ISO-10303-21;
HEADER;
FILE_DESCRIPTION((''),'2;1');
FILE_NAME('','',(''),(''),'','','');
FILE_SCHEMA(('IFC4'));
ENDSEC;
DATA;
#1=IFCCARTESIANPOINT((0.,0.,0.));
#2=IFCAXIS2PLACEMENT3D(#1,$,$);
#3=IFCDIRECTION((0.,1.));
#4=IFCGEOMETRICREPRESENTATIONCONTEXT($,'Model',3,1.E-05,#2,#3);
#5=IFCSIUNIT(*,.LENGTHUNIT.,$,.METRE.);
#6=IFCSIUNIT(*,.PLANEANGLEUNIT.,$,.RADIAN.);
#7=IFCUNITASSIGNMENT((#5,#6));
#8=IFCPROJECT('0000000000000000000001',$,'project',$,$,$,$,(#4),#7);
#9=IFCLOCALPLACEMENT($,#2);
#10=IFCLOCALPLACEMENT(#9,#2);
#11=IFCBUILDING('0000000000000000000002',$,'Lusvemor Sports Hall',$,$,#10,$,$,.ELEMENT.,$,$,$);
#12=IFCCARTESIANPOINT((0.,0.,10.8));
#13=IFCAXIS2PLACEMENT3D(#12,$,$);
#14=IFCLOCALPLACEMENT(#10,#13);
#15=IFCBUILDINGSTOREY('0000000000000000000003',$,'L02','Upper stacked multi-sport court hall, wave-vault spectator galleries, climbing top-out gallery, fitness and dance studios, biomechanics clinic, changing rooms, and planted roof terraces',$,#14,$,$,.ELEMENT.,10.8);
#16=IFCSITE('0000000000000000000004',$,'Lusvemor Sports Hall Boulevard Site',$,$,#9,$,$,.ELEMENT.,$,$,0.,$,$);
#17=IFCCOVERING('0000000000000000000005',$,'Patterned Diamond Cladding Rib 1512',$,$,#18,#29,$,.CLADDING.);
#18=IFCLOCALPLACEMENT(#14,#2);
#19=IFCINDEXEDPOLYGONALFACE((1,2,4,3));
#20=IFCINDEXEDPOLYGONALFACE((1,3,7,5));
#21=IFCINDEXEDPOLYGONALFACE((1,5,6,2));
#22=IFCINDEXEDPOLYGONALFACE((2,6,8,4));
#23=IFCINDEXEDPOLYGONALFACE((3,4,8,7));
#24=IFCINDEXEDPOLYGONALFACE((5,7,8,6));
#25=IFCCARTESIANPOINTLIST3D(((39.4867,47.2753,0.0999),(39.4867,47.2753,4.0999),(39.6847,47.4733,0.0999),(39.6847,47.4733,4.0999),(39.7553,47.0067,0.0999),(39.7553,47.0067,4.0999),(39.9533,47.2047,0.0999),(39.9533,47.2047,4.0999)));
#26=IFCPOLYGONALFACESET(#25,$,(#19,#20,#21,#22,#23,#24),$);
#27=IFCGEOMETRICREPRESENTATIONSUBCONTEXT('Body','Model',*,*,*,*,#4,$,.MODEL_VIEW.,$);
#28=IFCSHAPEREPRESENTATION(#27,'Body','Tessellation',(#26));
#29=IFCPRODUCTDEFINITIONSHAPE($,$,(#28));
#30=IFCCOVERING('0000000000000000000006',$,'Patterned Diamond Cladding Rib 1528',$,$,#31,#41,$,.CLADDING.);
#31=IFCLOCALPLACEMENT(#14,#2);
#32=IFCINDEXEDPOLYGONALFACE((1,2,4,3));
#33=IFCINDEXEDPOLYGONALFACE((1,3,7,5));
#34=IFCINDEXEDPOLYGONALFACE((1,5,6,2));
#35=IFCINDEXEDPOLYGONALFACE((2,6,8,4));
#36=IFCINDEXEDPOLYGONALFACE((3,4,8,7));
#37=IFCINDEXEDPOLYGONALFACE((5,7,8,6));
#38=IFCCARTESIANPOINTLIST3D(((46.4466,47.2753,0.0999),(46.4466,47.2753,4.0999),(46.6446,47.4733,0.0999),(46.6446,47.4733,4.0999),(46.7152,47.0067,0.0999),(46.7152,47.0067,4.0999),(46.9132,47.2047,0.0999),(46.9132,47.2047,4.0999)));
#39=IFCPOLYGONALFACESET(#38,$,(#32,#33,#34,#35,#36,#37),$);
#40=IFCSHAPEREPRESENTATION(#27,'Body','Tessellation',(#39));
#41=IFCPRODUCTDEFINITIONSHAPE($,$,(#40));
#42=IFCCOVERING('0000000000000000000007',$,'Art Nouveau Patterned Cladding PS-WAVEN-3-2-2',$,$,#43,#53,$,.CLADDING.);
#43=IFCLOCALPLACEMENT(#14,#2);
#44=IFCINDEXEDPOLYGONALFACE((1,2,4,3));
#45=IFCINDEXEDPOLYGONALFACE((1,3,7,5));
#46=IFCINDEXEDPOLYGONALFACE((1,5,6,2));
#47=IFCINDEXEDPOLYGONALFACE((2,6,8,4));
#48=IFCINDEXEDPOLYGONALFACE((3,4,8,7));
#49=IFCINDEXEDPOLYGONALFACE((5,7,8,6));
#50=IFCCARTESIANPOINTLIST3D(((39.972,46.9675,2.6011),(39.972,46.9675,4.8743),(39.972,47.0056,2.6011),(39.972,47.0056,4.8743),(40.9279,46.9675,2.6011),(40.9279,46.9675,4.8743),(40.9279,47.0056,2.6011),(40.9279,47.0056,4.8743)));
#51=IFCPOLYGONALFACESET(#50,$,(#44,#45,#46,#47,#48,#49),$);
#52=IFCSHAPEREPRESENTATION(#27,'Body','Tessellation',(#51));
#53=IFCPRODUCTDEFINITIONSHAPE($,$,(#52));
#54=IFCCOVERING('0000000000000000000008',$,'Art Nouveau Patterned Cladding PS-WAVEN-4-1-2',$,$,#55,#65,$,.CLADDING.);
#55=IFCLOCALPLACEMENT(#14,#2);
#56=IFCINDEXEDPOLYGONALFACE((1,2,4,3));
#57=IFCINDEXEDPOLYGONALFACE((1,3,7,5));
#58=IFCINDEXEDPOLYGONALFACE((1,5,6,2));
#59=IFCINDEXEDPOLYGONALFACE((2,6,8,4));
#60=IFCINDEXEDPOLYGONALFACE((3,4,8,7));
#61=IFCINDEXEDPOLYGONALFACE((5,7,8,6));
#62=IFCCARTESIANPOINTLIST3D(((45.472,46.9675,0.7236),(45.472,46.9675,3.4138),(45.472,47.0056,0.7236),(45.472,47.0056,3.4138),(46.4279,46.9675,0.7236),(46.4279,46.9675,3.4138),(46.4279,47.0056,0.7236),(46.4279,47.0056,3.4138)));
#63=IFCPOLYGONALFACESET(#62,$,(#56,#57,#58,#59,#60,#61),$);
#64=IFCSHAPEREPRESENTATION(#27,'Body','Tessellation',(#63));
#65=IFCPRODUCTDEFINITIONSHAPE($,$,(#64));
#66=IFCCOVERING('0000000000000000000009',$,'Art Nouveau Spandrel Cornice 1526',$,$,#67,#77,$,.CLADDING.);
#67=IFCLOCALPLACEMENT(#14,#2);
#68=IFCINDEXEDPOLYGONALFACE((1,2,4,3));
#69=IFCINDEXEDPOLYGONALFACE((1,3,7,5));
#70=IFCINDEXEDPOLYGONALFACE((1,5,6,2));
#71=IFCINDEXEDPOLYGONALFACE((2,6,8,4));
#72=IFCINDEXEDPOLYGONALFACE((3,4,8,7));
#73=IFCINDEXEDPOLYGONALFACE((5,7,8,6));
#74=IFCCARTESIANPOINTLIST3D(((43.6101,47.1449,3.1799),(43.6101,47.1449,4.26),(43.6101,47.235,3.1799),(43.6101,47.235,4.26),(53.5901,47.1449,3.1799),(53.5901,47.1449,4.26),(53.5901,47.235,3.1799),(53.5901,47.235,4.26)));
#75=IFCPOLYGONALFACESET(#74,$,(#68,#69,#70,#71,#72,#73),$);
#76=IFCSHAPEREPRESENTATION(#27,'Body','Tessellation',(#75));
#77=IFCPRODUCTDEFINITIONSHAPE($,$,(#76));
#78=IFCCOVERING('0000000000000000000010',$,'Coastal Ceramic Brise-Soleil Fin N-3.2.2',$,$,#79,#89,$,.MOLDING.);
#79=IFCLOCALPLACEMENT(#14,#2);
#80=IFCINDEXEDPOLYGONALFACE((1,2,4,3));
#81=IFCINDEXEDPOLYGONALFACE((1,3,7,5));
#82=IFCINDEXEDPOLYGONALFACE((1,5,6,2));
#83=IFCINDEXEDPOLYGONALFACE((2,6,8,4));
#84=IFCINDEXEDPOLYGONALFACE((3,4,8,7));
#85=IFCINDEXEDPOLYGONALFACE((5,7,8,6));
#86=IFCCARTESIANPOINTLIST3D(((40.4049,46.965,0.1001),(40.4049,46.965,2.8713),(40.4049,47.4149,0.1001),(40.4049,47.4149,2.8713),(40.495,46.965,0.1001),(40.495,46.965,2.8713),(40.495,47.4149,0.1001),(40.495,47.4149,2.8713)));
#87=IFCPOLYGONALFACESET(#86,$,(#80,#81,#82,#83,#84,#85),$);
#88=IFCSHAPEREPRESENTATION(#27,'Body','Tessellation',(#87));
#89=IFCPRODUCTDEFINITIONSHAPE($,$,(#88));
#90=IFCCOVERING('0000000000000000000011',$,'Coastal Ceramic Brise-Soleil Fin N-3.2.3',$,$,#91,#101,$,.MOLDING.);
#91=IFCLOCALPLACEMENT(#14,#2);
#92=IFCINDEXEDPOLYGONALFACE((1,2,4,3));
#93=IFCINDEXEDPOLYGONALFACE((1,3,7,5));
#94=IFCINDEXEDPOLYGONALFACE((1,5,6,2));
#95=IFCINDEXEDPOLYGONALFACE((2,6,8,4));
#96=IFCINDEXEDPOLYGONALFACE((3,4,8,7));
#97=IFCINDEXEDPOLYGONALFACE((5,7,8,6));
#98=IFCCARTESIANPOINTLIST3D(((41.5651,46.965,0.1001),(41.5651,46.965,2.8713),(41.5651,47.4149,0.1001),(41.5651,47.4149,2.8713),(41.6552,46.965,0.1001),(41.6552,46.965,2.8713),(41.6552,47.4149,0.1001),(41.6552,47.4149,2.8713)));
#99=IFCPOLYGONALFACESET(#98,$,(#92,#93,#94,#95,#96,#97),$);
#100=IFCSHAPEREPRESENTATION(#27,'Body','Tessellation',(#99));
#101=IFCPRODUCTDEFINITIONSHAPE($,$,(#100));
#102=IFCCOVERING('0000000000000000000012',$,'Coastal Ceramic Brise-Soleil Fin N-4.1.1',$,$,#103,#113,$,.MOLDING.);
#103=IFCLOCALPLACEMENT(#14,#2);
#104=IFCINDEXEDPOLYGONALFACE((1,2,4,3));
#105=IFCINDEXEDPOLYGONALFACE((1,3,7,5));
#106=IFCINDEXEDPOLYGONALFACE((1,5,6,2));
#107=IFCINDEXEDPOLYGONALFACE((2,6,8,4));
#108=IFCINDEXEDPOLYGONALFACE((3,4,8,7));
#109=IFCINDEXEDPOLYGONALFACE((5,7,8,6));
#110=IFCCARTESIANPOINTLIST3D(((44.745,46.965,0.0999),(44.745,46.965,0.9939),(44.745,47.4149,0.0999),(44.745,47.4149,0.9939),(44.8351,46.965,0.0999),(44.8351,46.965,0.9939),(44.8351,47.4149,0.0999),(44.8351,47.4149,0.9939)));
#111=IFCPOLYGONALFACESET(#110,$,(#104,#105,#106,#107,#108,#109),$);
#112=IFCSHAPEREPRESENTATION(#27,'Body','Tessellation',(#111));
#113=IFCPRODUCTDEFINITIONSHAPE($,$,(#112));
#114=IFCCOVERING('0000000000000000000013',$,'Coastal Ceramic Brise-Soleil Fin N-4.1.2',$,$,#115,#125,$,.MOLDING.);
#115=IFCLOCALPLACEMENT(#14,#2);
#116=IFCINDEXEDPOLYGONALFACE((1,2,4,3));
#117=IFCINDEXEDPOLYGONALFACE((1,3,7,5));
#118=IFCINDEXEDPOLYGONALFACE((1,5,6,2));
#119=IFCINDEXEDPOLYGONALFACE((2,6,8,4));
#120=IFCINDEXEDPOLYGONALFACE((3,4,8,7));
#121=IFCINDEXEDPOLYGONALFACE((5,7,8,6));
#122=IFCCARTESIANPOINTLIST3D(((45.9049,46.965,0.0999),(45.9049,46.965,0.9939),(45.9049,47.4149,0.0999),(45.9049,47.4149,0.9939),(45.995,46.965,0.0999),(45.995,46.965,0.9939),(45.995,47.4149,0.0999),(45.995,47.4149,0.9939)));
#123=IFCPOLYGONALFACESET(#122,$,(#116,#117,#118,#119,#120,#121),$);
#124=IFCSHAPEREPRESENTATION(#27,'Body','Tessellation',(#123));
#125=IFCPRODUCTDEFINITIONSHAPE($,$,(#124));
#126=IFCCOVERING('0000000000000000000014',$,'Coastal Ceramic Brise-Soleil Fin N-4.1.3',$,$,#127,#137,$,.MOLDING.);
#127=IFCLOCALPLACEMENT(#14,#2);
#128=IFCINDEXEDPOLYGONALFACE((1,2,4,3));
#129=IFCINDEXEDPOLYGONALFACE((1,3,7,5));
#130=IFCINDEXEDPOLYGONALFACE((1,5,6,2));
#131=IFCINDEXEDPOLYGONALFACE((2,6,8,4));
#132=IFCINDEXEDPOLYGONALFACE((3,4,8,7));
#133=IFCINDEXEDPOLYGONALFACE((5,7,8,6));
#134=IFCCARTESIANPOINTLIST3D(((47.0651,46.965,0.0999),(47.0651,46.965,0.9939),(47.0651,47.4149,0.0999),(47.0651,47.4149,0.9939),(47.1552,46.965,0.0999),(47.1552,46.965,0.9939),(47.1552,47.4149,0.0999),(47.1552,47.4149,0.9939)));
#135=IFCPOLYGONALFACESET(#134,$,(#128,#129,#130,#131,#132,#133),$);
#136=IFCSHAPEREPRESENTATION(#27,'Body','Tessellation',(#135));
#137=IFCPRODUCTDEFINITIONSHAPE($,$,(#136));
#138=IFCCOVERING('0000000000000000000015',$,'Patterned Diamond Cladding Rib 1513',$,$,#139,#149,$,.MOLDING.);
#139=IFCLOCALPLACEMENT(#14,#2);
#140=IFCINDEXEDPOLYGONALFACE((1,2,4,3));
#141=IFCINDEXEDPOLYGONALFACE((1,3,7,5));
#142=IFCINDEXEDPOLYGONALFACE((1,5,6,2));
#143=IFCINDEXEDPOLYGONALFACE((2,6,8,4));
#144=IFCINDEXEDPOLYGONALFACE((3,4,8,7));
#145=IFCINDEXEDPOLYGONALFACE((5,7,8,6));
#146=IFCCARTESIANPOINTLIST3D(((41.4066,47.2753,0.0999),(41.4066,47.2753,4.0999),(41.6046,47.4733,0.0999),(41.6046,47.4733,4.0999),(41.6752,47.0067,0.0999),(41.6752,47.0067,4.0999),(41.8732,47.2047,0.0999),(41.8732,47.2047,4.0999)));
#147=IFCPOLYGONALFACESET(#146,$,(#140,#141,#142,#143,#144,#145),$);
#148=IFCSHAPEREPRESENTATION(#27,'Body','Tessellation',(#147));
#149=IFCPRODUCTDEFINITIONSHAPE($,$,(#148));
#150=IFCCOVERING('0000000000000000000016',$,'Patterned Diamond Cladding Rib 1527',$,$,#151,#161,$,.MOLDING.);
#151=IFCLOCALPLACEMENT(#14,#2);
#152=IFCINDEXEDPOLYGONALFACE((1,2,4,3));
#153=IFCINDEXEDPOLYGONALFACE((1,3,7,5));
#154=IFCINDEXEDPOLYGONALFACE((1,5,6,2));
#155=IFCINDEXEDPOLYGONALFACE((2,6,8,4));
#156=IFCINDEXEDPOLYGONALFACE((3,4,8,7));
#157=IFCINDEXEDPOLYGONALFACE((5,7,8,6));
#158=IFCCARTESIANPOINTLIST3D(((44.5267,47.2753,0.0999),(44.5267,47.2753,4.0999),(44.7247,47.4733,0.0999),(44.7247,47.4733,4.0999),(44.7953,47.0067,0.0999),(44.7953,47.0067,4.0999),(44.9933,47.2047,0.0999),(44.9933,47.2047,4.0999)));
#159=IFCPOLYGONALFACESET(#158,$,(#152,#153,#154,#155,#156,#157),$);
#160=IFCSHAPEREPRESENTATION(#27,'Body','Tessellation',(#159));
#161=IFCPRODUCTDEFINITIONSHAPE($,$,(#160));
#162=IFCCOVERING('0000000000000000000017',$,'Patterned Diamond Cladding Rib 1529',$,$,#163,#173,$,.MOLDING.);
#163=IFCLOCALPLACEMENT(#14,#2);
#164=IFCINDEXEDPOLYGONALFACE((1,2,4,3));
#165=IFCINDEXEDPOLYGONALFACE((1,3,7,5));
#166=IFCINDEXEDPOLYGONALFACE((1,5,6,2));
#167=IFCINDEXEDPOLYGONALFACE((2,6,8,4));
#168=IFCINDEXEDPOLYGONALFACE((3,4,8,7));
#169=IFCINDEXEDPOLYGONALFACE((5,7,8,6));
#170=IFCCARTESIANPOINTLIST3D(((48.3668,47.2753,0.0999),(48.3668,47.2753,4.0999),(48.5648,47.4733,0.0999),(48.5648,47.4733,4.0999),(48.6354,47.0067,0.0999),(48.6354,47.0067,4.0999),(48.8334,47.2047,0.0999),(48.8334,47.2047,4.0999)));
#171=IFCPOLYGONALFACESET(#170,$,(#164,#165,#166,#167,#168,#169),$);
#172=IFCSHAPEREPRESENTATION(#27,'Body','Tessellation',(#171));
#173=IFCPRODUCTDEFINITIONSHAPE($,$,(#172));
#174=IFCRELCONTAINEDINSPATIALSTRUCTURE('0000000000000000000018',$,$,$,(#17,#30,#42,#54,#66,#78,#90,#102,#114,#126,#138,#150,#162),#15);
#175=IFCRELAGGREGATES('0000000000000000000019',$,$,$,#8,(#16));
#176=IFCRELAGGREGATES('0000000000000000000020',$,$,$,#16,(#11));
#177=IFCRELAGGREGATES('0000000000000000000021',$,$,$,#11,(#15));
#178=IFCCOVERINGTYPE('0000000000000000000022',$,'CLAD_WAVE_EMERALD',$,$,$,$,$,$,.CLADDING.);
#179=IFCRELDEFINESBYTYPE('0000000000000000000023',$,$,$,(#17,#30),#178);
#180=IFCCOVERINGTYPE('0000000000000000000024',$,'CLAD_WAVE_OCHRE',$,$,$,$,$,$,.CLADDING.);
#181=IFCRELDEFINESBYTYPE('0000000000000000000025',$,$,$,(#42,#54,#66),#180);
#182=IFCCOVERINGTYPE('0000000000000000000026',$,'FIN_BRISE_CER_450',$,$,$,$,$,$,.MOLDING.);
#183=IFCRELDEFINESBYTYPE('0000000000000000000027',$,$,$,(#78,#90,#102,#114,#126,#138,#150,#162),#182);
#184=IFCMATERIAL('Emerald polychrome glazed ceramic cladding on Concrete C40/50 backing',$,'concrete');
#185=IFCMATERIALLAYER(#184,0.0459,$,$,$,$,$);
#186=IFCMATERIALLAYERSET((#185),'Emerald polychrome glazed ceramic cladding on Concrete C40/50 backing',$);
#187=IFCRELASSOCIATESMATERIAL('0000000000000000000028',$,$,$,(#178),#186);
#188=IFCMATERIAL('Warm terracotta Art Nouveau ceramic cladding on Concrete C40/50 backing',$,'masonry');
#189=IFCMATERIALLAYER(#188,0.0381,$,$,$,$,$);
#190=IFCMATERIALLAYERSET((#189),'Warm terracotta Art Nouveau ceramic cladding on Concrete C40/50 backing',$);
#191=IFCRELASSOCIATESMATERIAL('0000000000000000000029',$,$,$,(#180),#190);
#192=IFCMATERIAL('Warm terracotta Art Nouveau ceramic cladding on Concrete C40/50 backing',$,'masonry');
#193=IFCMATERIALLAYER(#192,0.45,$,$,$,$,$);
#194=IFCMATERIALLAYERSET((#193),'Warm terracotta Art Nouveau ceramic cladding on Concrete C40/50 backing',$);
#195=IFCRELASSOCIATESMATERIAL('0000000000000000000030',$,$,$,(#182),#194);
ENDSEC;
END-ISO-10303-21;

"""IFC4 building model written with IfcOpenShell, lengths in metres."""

from ifc_helpers import new_model, si_unit, direction, frame, origin, origin_2d, place, context, subcontext, project, spatial, rectangle, extrude, material, layer, layer_set, type_object, element, save


model = new_model("IFC4")

# Units and contexts
model_context = context("Model", 3, precision=1e-05, world=origin(), true_north=direction((0.0, 1.0)))
body_context = subcontext(model_context, "Body", "Model", "MODEL_VIEW")
ifc_project = project(units=[si_unit("LENGTHUNIT", "METRE"), si_unit("PLANEANGLEUNIT", "RADIAN")], contexts=[model_context])

# Site, building, storey
site_placement = place(None, origin())
site = spatial("IfcSite", under=ifc_project, at=site_placement, Name="Lusvemor Sports Hall Boulevard Site", CompositionType="ELEMENT", RefElevation=0.0)
building_placement = place(site_placement, origin())
building = spatial("IfcBuilding", under=site, at=building_placement, Name="Lusvemor Sports Hall", CompositionType="ELEMENT")
storey_placement = place(building_placement, frame((0.0, 0.0, 10.8)))
storey = spatial("IfcBuildingStorey", under=building, at=storey_placement, Name="L02", Description="Upper stacked multi-sport court hall, wave-vault spectator galleries, climbing top-out gallery, fitness and dance studios, biomechanics clinic, changing rooms, and planted roof terraces", CompositionType="ELEMENT", Elevation=10.8)

# Coverings
ifc_material_1 = material(Name="Emerald polychrome glazed ceramic cladding on Concrete C40/50 backing", Category="concrete")
ifc_layer_1 = layer(ifc_material_1, 0.0459)
ifc_layer_set_1 = layer_set([ifc_layer_1], Name="Emerald polychrome glazed ceramic cladding on Concrete C40/50 backing")
covering_type_1 = type_object("IfcCoveringType", Name="CLAD_WAVE_EMERALD", PredefinedType="CLADDING", material=ifc_layer_set_1)
for number, where, z_axis, x_axis, name in (
    (1, (39.72, 47.24, 0.0999), (0.0, 0.0, 1.0), (0.707107, 0.707107, 0.0), "Patterned Diamond Cladding Rib 1512"),
    (2, (46.6799, 47.24, 0.0999), (0.0, 0.0, 1.0), (0.707107, 0.707107, 0.0), "Patterned Diamond Cladding Rib 1528"),
):
    element("IfcCovering", number, at=place(storey_placement, frame(where, z_axis=z_axis, x_axis=x_axis)), inside=storey, type_object=covering_type_1, Name=name, PredefinedType="CLADDING", context=body_context, shape_type="SweptSolid", body=[
        extrude(rectangle(XDim=0.28, YDim=0.3799, at=origin_2d()), origin(), (0.0, 0.0, 1.0), 4.0),
    ])
ifc_material_2 = material(Name="Warm terracotta Art Nouveau ceramic cladding on Concrete C40/50 backing", Category="masonry")
ifc_layer_2 = layer(ifc_material_2, 0.0381)
ifc_layer_set_2 = layer_set([ifc_layer_2], Name="Warm terracotta Art Nouveau ceramic cladding on Concrete C40/50 backing")
covering_type_2 = type_object("IfcCoveringType", Name="CLAD_WAVE_OCHRE", PredefinedType="CLADDING", material=ifc_layer_set_2)
covering_1_placement = place(storey_placement, frame((40.45, 46.9866, 2.6011), z_axis=(0.0, 0.0, 1.0), x_axis=(1.0, 0.0, 0.0)))
element("IfcCovering", 3, at=covering_1_placement, inside=storey, type_object=covering_type_2, Name="Art Nouveau Patterned Cladding PS-WAVEN-3-2-2", PredefinedType="CLADDING", context=body_context, shape_type="SweptSolid", body=[
    extrude(rectangle(XDim=0.9558, YDim=0.0381, at=origin_2d()), origin(), (0.0, 0.0, 1.0), 2.2732),
])
covering_2_placement = place(storey_placement, frame((45.95, 46.9866, 0.7236), z_axis=(0.0, 0.0, 1.0), x_axis=(1.0, 0.0, 0.0)))
element("IfcCovering", 4, at=covering_2_placement, inside=storey, type_object=covering_type_2, Name="Art Nouveau Patterned Cladding PS-WAVEN-4-1-2", PredefinedType="CLADDING", context=body_context, shape_type="SweptSolid", body=[
    extrude(rectangle(XDim=0.9558, YDim=0.0381, at=origin_2d()), origin(), (0.0, 0.0, 1.0), 2.6902),
])
covering_3_placement = place(storey_placement, frame((48.6001, 47.1899, 3.1799), z_axis=(0.0, 0.0, 1.0), x_axis=(1.0, 0.0, 0.0)))
element("IfcCovering", 5, at=covering_3_placement, inside=storey, type_object=covering_type_2, Name="Art Nouveau Spandrel Cornice 1526", PredefinedType="CLADDING", context=body_context, shape_type="SweptSolid", body=[
    extrude(rectangle(XDim=9.98, YDim=0.0901, at=origin_2d()), origin(), (0.0, 0.0, 1.0), 1.0801),
])
ifc_material_3 = material(Name="Warm terracotta Art Nouveau ceramic cladding on Concrete C40/50 backing", Category="masonry")
ifc_layer_3 = layer(ifc_material_3, 0.45)
ifc_layer_set_3 = layer_set([ifc_layer_3], Name="Warm terracotta Art Nouveau ceramic cladding on Concrete C40/50 backing")
covering_type_3 = type_object("IfcCoveringType", Name="FIN_BRISE_CER_450", PredefinedType="MOLDING", material=ifc_layer_set_3)
for number, where, z_axis, x_axis, name in (
    (6, (40.45, 47.1899, 0.1001), (0.0, 0.0, 1.0), (1.0, 0.0, 0.0), "Coastal Ceramic Brise-Soleil Fin N-3.2.2"),
    (7, (41.6101, 47.1899, 0.1001), (0.0, 0.0, 1.0), (1.0, 0.0, 0.0), "Coastal Ceramic Brise-Soleil Fin N-3.2.3"),
):
    element("IfcCovering", number, at=place(storey_placement, frame(where, z_axis=z_axis, x_axis=x_axis)), inside=storey, type_object=covering_type_3, Name=name, PredefinedType="MOLDING", context=body_context, shape_type="SweptSolid", body=[
        extrude(rectangle(XDim=0.0901, YDim=0.45, at=origin_2d()), origin(), (0.0, 0.0, 1.0), 2.7712),
    ])
for number, where, z_axis, x_axis, name in (
    (8, (44.79, 47.1899, 0.0999), (0.0, 0.0, 1.0), (1.0, 0.0, 0.0), "Coastal Ceramic Brise-Soleil Fin N-4.1.1"),
    (9, (45.95, 47.1899, 0.0999), (0.0, 0.0, 1.0), (1.0, 0.0, 0.0), "Coastal Ceramic Brise-Soleil Fin N-4.1.2"),
    (10, (47.1101, 47.1899, 0.0999), (0.0, 0.0, 1.0), (1.0, 0.0, 0.0), "Coastal Ceramic Brise-Soleil Fin N-4.1.3"),
):
    element("IfcCovering", number, at=place(storey_placement, frame(where, z_axis=z_axis, x_axis=x_axis)), inside=storey, type_object=covering_type_3, Name=name, PredefinedType="MOLDING", context=body_context, shape_type="SweptSolid", body=[
        extrude(rectangle(XDim=0.0901, YDim=0.45, at=origin_2d()), origin(), (0.0, 0.0, 1.0), 0.894),
    ])
for number, where, z_axis, x_axis, name in (
    (11, (41.6399, 47.24, 0.0999), (0.0, 0.0, 1.0), (0.707107, 0.707107, 0.0), "Patterned Diamond Cladding Rib 1513"),
    (12, (44.76, 47.24, 0.0999), (0.0, 0.0, 1.0), (0.707107, 0.707107, 0.0), "Patterned Diamond Cladding Rib 1527"),
    (13, (48.6001, 47.24, 0.0999), (0.0, 0.0, 1.0), (0.707107, 0.707107, 0.0), "Patterned Diamond Cladding Rib 1529"),
):
    element("IfcCovering", number, at=place(storey_placement, frame(where, z_axis=z_axis, x_axis=x_axis)), inside=storey, type_object=covering_type_3, Name=name, PredefinedType="MOLDING", context=body_context, shape_type="SweptSolid", body=[
        extrude(rectangle(XDim=0.28, YDim=0.3799, at=origin_2d()), origin(), (0.0, 0.0, 1.0), 4.0),
    ])

save(model, "model.ifc")
